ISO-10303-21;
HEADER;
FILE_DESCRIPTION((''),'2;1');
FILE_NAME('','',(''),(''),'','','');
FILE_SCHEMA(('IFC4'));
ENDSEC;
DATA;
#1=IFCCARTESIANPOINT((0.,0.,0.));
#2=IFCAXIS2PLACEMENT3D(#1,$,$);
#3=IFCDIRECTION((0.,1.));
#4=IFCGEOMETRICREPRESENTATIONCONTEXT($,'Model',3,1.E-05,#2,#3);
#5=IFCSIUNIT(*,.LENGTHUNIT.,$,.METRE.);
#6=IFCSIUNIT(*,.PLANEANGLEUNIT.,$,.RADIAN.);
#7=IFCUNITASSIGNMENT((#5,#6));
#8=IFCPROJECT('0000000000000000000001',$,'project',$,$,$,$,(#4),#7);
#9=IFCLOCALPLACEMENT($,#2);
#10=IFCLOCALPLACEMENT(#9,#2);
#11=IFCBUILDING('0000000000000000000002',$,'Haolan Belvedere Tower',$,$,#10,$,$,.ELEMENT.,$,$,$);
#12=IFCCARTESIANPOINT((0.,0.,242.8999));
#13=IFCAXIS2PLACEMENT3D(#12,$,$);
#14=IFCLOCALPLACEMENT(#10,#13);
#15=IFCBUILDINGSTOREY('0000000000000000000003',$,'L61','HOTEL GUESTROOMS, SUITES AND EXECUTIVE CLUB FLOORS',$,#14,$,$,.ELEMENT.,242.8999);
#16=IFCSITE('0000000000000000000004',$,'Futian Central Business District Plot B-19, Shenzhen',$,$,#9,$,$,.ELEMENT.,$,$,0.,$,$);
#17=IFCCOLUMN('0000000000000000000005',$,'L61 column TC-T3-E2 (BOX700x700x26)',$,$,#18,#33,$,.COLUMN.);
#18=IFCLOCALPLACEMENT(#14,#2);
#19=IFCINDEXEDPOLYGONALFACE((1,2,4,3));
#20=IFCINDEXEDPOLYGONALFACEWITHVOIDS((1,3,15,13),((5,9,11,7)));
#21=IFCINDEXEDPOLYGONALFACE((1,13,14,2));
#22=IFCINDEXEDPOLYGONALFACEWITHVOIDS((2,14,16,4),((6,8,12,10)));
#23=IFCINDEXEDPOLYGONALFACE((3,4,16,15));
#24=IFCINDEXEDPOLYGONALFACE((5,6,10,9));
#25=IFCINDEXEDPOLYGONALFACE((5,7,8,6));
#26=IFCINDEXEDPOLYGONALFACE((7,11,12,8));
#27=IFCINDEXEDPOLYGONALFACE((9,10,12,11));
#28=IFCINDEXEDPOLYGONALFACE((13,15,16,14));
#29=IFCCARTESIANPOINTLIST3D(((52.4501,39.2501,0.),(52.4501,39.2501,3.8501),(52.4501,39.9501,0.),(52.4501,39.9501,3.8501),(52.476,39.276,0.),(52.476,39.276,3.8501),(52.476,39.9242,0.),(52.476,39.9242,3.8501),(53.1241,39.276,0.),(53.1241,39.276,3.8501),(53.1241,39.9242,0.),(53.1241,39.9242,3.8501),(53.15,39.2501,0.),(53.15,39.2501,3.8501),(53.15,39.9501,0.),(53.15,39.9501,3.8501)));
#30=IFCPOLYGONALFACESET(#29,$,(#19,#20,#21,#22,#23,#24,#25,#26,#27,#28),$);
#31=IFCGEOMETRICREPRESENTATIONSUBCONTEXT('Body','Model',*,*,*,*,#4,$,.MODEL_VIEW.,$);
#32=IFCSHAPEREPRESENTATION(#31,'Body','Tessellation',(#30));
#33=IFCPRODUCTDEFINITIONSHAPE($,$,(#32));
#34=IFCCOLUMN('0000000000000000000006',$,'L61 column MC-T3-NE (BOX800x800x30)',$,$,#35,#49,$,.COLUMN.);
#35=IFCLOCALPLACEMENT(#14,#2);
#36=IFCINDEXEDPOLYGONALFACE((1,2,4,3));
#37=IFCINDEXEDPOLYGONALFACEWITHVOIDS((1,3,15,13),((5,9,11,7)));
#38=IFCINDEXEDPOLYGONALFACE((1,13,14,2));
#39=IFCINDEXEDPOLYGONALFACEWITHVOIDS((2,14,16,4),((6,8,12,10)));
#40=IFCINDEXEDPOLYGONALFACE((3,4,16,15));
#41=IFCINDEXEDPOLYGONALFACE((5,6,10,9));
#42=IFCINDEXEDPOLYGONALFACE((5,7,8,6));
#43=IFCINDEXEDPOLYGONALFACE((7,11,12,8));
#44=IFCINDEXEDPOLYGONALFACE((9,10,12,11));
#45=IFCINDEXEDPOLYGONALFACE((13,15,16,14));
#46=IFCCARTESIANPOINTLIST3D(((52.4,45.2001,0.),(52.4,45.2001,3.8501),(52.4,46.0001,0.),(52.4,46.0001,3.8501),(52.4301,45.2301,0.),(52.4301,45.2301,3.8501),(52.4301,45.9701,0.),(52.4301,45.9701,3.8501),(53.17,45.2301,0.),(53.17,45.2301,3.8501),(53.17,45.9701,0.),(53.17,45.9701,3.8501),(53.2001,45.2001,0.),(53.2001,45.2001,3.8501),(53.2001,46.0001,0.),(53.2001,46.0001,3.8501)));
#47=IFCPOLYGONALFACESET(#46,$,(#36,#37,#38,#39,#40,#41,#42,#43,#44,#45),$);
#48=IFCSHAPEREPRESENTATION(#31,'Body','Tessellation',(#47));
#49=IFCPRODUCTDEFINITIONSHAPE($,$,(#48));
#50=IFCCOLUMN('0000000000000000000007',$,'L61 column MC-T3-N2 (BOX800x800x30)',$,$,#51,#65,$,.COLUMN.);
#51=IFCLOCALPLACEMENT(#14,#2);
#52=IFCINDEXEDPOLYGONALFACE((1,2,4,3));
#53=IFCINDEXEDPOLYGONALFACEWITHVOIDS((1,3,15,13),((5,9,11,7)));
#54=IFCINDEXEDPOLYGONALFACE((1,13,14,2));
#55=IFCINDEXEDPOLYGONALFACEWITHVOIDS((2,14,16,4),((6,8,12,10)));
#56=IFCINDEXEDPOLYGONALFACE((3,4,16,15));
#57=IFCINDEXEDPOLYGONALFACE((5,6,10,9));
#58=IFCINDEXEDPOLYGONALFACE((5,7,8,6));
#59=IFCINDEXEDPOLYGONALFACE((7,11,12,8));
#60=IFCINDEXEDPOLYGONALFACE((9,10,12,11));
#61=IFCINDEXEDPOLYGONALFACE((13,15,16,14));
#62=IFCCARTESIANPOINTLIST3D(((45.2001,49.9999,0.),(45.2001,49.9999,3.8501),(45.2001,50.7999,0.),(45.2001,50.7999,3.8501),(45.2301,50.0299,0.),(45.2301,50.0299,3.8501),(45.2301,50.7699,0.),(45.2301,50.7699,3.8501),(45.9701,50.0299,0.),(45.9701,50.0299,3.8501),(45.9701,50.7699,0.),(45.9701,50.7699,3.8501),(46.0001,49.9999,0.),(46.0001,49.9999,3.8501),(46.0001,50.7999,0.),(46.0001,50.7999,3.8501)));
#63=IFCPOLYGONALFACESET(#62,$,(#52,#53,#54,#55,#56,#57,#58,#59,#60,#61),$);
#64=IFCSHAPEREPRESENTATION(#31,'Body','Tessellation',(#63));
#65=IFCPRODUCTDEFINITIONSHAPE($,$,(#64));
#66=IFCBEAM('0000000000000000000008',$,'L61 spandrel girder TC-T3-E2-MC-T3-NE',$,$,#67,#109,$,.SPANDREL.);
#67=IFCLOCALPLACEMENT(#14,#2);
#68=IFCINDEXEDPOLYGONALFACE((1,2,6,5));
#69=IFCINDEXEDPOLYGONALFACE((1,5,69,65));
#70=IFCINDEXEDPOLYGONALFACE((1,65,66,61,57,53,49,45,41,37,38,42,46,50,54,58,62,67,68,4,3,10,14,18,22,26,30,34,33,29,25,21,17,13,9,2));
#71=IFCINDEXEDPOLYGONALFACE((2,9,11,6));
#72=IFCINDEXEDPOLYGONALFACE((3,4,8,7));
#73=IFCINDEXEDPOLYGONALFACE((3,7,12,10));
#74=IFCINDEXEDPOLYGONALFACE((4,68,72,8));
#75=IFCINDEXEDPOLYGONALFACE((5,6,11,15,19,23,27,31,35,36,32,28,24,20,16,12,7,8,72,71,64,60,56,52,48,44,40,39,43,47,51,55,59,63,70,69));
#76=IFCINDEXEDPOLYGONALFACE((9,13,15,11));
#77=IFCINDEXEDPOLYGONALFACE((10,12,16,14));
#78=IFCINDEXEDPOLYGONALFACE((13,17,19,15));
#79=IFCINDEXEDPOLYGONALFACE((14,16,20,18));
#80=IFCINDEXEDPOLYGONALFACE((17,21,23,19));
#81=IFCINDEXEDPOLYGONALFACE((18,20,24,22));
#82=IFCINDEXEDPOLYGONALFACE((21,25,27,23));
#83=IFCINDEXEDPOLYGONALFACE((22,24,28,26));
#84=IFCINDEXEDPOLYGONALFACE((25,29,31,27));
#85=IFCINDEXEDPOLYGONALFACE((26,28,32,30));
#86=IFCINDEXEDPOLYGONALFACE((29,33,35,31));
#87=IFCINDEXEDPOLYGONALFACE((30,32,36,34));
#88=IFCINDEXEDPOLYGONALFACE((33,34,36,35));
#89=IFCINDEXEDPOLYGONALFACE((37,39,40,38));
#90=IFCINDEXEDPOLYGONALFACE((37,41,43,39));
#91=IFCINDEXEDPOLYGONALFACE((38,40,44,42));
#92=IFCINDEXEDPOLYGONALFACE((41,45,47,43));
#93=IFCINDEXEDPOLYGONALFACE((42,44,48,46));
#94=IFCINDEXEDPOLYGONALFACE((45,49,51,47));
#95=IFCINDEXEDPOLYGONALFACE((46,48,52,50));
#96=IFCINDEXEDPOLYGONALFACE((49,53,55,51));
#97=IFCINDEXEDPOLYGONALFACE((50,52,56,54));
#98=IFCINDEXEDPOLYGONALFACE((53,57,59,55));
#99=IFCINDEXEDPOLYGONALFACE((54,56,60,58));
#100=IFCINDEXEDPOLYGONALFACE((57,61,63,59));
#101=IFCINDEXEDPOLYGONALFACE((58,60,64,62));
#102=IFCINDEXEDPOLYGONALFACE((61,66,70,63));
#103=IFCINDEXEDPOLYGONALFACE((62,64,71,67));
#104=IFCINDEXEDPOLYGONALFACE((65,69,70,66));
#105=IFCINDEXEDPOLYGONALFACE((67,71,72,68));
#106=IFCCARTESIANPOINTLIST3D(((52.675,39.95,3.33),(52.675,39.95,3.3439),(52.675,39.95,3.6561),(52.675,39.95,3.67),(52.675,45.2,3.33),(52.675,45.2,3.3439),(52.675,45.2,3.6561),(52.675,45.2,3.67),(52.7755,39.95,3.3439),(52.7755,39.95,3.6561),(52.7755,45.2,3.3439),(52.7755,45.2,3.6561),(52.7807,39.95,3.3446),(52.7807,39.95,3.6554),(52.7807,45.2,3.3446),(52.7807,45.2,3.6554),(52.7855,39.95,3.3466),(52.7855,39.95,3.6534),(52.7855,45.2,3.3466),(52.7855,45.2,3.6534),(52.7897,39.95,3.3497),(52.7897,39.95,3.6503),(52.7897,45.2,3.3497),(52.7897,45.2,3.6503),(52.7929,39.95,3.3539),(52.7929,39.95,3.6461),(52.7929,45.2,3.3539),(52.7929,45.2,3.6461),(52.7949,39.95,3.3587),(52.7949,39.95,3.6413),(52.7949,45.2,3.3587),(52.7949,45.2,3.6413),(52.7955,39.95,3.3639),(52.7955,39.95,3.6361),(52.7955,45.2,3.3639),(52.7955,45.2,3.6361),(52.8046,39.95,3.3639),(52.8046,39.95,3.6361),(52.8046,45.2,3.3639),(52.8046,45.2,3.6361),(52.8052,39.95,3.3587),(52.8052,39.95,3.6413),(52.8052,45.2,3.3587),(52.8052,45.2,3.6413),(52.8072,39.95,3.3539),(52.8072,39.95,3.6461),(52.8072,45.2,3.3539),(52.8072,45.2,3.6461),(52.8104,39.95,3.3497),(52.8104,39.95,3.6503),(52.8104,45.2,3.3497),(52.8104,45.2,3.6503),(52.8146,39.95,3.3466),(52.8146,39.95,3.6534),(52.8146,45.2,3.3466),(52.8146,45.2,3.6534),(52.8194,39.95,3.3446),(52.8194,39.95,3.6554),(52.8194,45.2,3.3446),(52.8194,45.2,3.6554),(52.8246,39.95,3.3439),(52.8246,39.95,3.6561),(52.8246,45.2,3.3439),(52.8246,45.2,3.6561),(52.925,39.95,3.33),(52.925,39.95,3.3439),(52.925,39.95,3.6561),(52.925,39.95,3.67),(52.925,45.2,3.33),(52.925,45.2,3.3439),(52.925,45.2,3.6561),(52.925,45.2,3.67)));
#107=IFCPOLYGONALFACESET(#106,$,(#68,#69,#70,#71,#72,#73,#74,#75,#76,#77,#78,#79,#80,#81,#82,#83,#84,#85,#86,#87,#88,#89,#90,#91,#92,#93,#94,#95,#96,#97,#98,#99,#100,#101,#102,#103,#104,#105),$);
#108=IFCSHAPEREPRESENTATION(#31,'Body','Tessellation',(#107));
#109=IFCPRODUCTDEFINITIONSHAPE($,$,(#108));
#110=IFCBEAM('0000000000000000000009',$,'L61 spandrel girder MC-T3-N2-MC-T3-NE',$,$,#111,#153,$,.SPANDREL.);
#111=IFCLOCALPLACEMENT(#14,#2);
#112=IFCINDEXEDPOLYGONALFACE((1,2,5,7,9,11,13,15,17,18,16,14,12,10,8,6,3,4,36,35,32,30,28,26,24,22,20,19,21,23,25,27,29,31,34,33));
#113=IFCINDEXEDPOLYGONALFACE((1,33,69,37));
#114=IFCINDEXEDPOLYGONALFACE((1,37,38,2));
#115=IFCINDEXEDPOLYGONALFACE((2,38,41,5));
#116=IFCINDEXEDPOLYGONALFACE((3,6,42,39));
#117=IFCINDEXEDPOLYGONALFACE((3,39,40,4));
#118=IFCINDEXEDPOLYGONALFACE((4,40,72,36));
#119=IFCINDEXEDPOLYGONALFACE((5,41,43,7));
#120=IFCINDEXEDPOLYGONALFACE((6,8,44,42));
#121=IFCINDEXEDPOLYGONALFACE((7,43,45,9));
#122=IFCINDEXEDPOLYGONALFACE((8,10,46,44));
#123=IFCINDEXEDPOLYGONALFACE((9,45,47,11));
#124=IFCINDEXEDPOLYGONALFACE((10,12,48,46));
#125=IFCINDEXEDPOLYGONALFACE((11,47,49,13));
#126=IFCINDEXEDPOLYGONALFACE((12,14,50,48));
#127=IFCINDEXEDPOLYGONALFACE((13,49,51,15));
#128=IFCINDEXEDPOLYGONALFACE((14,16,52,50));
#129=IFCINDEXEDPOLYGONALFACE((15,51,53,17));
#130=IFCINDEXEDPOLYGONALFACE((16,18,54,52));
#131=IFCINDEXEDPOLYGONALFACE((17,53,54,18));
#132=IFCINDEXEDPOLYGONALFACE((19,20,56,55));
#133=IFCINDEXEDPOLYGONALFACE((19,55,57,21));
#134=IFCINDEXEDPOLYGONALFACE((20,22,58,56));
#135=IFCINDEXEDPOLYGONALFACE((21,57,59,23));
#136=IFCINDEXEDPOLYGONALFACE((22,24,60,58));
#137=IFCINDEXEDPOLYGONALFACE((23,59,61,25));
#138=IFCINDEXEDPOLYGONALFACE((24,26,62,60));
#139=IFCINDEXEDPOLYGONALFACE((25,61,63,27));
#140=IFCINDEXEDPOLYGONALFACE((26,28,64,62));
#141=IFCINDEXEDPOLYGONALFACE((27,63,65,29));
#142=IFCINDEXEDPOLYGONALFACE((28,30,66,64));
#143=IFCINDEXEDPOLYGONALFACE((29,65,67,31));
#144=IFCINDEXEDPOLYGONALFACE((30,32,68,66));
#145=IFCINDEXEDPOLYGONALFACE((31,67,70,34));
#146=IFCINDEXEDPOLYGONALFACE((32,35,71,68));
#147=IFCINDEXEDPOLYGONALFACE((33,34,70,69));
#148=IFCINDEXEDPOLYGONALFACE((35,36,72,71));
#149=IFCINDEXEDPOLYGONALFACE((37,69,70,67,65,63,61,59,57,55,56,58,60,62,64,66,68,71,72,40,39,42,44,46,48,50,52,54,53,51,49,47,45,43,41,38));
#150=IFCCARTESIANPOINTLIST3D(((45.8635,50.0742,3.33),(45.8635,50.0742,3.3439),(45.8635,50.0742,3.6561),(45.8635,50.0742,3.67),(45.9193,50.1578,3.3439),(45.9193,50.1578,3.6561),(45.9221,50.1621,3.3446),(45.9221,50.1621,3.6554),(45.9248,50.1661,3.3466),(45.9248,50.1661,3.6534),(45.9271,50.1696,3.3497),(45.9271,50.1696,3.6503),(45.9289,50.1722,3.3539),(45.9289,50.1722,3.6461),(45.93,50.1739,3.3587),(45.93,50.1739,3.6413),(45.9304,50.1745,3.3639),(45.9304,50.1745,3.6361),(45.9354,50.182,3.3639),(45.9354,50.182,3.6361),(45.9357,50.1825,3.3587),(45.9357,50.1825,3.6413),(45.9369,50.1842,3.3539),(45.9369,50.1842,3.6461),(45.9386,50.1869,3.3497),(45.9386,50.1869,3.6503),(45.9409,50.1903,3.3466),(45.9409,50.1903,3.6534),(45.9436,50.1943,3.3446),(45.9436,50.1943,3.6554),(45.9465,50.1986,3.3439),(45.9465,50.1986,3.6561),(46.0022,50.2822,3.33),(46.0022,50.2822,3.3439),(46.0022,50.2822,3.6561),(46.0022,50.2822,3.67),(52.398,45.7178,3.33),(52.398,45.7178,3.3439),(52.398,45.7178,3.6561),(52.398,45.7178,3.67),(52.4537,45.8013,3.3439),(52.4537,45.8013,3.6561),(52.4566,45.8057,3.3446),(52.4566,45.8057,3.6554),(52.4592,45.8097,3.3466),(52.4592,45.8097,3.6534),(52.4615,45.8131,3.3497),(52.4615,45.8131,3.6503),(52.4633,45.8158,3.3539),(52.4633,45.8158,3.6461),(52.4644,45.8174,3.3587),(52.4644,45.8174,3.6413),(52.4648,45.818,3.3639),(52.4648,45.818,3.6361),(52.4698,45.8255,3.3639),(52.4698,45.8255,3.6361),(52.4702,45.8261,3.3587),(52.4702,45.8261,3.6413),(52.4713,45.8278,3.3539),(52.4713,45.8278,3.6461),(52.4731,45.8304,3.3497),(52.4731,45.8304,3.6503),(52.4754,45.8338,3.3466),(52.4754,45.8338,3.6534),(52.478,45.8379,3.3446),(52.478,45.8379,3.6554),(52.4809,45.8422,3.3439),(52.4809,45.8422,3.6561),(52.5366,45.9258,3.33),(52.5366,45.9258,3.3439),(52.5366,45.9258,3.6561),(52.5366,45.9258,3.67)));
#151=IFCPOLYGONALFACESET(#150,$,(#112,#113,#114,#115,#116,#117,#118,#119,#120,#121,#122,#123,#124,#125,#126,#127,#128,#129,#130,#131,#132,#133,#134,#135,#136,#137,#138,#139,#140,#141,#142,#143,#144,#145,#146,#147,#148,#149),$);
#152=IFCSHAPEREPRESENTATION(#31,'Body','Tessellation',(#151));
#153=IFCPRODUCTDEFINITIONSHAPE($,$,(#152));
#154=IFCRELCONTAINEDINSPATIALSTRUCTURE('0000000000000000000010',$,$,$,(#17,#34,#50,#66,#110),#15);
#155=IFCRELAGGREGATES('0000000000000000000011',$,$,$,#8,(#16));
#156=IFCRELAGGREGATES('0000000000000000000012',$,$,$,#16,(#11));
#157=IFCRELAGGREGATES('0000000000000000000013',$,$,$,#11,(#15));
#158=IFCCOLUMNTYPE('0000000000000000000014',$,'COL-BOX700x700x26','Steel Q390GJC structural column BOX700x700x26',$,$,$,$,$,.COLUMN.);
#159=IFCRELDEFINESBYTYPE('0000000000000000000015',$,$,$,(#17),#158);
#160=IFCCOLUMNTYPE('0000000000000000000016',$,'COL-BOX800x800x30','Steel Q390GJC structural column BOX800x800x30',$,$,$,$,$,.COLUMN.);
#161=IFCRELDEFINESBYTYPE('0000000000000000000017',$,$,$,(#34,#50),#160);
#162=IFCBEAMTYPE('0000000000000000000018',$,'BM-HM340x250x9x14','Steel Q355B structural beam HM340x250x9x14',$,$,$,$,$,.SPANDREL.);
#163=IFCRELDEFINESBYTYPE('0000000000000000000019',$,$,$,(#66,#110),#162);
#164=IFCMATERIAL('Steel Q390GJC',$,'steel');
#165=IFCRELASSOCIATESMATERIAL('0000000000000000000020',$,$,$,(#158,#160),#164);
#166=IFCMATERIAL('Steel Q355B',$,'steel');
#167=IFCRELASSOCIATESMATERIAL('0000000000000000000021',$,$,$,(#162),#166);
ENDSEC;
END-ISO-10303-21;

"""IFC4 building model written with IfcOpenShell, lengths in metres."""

from ifc_helpers import new_model, si_unit, direction, frame, origin, origin_2d, place, context, subcontext, project, spatial, hollow_rectangle, i_section, extrude, material, material_profile, profile_set, type_object, element, save


model = new_model("IFC4")

# Units and contexts
model_context = context("Model", 3, precision=1e-05, world=origin(), true_north=direction((0.0, 1.0)))
body_context = subcontext(model_context, "Body", "Model", "MODEL_VIEW")
ifc_project = project(units=[si_unit("LENGTHUNIT", "METRE"), si_unit("PLANEANGLEUNIT", "RADIAN")], contexts=[model_context])

# Site, building, storey
site_placement = place(None, origin())
site = spatial("IfcSite", under=ifc_project, at=site_placement, Name="Futian Central Business District Plot B-19, Shenzhen", CompositionType="ELEMENT", RefElevation=0.0)
building_placement = place(site_placement, origin())
building = spatial("IfcBuilding", under=site, at=building_placement, Name="Haolan Belvedere Tower", CompositionType="ELEMENT")
storey_placement = place(building_placement, frame((0.0, 0.0, 242.8999)))
storey = spatial("IfcBuildingStorey", under=building, at=storey_placement, Name="L61", Description="HOTEL GUESTROOMS, SUITES AND EXECUTIVE CLUB FLOORS", CompositionType="ELEMENT", Elevation=242.8999)

# Columns
ifc_material_1 = material(Name="Steel Q390GJC", Category="steel")
ifc_material_profile_1 = material_profile(ifc_material_1, hollow_rectangle(XDim=0.7, YDim=0.7, WallThickness=0.0259, at=origin_2d()), Name="Steel Q390GJC")
ifc_profile_set_1 = profile_set([ifc_material_profile_1], Name="Steel Q390GJC")
column_type_1 = type_object("IfcColumnType", Name="COL-BOX700x700x26", Description="Steel Q390GJC structural column BOX700x700x26", PredefinedType="COLUMN", material=ifc_profile_set_1)
column_placement = place(storey_placement, frame((52.8, 39.6001, 0.0), z_axis=(0.0, 0.0, 1.0), x_axis=(1.0, 0.0, 0.0)))
element("IfcColumn", 1, at=column_placement, inside=storey, type_object=column_type_1, Name="L61 column TC-T3-E2 (BOX700x700x26)", PredefinedType="COLUMN", context=body_context, shape_type="SweptSolid", body=[
    extrude(hollow_rectangle(XDim=0.7, YDim=0.7, WallThickness=0.0259, at=origin_2d()), origin(), (0.0, 0.0, 1.0), 3.8501),
])
ifc_material_profile_2 = material_profile(ifc_material_1, hollow_rectangle(XDim=0.8, YDim=0.8, WallThickness=0.03, at=origin_2d()), Name="Steel Q390GJC")
ifc_profile_set_2 = profile_set([ifc_material_profile_2], Name="Steel Q390GJC")
column_type_2 = type_object("IfcColumnType", Name="COL-BOX800x800x30", Description="Steel Q390GJC structural column BOX800x800x30", PredefinedType="COLUMN", material=ifc_profile_set_2)
for number, where, z_axis, x_axis, name in (
    (2, (52.8, 45.6001, 0.0), (0.0, 0.0, 1.0), (1.0, 0.0, 0.0), "L61 column MC-T3-NE (BOX800x800x30)"),
    (3, (45.6001, 50.3999, 0.0), (0.0, 0.0, 1.0), (1.0, 0.0, 0.0), "L61 column MC-T3-N2 (BOX800x800x30)"),
):
    element("IfcColumn", number, at=place(storey_placement, frame(where, z_axis=z_axis, x_axis=x_axis)), inside=storey, type_object=column_type_2, Name=name, PredefinedType="COLUMN", context=body_context, shape_type="SweptSolid", body=[
        extrude(hollow_rectangle(XDim=0.8, YDim=0.8, WallThickness=0.03, at=origin_2d()), origin(), (0.0, 0.0, 1.0), 3.8501),
    ])

# Beams
ifc_material_2 = material(Name="Steel Q355B", Category="steel")
ifc_material_profile_3 = material_profile(ifc_material_2, i_section(OverallWidth=0.25, OverallDepth=0.3401, WebThickness=0.009, FlangeThickness=0.0139, FilletRadius=0.02, at=origin_2d()), Name="Steel Q355B")
ifc_profile_set_3 = profile_set([ifc_material_profile_3], Name="Steel Q355B")
beam_type_1 = type_object("IfcBeamType", Name="BM-HM340x250x9x14", Description="Steel Q355B structural beam HM340x250x9x14", PredefinedType="SPANDREL", material=ifc_profile_set_3)
beam_1_placement = place(storey_placement, frame((52.8, 39.95, 3.5), z_axis=(0.0, 1.0, 0.0), x_axis=(-1.0, 0.0, 0.0)))
element("IfcBeam", 4, at=beam_1_placement, inside=storey, type_object=beam_type_1, Name="L61 spandrel girder TC-T3-E2-MC-T3-NE", PredefinedType="SPANDREL", context=body_context, shape_type="SweptSolid", body=[
    extrude(i_section(OverallWidth=0.25, OverallDepth=0.3401, WebThickness=0.009, FlangeThickness=0.0139, FilletRadius=0.02, at=origin_2d()), origin(), (0.0, 0.0, 1.0), 5.25),
])
beam_2_placement = place(storey_placement, frame((45.9329, 50.1782, 3.5), z_axis=(0.832041, -0.554715, 0.0), x_axis=(0.554715, 0.832041, 0.0)))
element("IfcBeam", 5, at=beam_2_placement, inside=storey, type_object=beam_type_1, Name="L61 spandrel girder MC-T3-N2-MC-T3-NE", PredefinedType="SPANDREL", context=body_context, shape_type="SweptSolid", body=[
    extrude(i_section(OverallWidth=0.25, OverallDepth=0.3401, WebThickness=0.009, FlangeThickness=0.0139, FilletRadius=0.02, at=origin_2d()), origin(), (0.0, 0.0, 1.0), 7.8535),
])

save(model, "model.ifc")
